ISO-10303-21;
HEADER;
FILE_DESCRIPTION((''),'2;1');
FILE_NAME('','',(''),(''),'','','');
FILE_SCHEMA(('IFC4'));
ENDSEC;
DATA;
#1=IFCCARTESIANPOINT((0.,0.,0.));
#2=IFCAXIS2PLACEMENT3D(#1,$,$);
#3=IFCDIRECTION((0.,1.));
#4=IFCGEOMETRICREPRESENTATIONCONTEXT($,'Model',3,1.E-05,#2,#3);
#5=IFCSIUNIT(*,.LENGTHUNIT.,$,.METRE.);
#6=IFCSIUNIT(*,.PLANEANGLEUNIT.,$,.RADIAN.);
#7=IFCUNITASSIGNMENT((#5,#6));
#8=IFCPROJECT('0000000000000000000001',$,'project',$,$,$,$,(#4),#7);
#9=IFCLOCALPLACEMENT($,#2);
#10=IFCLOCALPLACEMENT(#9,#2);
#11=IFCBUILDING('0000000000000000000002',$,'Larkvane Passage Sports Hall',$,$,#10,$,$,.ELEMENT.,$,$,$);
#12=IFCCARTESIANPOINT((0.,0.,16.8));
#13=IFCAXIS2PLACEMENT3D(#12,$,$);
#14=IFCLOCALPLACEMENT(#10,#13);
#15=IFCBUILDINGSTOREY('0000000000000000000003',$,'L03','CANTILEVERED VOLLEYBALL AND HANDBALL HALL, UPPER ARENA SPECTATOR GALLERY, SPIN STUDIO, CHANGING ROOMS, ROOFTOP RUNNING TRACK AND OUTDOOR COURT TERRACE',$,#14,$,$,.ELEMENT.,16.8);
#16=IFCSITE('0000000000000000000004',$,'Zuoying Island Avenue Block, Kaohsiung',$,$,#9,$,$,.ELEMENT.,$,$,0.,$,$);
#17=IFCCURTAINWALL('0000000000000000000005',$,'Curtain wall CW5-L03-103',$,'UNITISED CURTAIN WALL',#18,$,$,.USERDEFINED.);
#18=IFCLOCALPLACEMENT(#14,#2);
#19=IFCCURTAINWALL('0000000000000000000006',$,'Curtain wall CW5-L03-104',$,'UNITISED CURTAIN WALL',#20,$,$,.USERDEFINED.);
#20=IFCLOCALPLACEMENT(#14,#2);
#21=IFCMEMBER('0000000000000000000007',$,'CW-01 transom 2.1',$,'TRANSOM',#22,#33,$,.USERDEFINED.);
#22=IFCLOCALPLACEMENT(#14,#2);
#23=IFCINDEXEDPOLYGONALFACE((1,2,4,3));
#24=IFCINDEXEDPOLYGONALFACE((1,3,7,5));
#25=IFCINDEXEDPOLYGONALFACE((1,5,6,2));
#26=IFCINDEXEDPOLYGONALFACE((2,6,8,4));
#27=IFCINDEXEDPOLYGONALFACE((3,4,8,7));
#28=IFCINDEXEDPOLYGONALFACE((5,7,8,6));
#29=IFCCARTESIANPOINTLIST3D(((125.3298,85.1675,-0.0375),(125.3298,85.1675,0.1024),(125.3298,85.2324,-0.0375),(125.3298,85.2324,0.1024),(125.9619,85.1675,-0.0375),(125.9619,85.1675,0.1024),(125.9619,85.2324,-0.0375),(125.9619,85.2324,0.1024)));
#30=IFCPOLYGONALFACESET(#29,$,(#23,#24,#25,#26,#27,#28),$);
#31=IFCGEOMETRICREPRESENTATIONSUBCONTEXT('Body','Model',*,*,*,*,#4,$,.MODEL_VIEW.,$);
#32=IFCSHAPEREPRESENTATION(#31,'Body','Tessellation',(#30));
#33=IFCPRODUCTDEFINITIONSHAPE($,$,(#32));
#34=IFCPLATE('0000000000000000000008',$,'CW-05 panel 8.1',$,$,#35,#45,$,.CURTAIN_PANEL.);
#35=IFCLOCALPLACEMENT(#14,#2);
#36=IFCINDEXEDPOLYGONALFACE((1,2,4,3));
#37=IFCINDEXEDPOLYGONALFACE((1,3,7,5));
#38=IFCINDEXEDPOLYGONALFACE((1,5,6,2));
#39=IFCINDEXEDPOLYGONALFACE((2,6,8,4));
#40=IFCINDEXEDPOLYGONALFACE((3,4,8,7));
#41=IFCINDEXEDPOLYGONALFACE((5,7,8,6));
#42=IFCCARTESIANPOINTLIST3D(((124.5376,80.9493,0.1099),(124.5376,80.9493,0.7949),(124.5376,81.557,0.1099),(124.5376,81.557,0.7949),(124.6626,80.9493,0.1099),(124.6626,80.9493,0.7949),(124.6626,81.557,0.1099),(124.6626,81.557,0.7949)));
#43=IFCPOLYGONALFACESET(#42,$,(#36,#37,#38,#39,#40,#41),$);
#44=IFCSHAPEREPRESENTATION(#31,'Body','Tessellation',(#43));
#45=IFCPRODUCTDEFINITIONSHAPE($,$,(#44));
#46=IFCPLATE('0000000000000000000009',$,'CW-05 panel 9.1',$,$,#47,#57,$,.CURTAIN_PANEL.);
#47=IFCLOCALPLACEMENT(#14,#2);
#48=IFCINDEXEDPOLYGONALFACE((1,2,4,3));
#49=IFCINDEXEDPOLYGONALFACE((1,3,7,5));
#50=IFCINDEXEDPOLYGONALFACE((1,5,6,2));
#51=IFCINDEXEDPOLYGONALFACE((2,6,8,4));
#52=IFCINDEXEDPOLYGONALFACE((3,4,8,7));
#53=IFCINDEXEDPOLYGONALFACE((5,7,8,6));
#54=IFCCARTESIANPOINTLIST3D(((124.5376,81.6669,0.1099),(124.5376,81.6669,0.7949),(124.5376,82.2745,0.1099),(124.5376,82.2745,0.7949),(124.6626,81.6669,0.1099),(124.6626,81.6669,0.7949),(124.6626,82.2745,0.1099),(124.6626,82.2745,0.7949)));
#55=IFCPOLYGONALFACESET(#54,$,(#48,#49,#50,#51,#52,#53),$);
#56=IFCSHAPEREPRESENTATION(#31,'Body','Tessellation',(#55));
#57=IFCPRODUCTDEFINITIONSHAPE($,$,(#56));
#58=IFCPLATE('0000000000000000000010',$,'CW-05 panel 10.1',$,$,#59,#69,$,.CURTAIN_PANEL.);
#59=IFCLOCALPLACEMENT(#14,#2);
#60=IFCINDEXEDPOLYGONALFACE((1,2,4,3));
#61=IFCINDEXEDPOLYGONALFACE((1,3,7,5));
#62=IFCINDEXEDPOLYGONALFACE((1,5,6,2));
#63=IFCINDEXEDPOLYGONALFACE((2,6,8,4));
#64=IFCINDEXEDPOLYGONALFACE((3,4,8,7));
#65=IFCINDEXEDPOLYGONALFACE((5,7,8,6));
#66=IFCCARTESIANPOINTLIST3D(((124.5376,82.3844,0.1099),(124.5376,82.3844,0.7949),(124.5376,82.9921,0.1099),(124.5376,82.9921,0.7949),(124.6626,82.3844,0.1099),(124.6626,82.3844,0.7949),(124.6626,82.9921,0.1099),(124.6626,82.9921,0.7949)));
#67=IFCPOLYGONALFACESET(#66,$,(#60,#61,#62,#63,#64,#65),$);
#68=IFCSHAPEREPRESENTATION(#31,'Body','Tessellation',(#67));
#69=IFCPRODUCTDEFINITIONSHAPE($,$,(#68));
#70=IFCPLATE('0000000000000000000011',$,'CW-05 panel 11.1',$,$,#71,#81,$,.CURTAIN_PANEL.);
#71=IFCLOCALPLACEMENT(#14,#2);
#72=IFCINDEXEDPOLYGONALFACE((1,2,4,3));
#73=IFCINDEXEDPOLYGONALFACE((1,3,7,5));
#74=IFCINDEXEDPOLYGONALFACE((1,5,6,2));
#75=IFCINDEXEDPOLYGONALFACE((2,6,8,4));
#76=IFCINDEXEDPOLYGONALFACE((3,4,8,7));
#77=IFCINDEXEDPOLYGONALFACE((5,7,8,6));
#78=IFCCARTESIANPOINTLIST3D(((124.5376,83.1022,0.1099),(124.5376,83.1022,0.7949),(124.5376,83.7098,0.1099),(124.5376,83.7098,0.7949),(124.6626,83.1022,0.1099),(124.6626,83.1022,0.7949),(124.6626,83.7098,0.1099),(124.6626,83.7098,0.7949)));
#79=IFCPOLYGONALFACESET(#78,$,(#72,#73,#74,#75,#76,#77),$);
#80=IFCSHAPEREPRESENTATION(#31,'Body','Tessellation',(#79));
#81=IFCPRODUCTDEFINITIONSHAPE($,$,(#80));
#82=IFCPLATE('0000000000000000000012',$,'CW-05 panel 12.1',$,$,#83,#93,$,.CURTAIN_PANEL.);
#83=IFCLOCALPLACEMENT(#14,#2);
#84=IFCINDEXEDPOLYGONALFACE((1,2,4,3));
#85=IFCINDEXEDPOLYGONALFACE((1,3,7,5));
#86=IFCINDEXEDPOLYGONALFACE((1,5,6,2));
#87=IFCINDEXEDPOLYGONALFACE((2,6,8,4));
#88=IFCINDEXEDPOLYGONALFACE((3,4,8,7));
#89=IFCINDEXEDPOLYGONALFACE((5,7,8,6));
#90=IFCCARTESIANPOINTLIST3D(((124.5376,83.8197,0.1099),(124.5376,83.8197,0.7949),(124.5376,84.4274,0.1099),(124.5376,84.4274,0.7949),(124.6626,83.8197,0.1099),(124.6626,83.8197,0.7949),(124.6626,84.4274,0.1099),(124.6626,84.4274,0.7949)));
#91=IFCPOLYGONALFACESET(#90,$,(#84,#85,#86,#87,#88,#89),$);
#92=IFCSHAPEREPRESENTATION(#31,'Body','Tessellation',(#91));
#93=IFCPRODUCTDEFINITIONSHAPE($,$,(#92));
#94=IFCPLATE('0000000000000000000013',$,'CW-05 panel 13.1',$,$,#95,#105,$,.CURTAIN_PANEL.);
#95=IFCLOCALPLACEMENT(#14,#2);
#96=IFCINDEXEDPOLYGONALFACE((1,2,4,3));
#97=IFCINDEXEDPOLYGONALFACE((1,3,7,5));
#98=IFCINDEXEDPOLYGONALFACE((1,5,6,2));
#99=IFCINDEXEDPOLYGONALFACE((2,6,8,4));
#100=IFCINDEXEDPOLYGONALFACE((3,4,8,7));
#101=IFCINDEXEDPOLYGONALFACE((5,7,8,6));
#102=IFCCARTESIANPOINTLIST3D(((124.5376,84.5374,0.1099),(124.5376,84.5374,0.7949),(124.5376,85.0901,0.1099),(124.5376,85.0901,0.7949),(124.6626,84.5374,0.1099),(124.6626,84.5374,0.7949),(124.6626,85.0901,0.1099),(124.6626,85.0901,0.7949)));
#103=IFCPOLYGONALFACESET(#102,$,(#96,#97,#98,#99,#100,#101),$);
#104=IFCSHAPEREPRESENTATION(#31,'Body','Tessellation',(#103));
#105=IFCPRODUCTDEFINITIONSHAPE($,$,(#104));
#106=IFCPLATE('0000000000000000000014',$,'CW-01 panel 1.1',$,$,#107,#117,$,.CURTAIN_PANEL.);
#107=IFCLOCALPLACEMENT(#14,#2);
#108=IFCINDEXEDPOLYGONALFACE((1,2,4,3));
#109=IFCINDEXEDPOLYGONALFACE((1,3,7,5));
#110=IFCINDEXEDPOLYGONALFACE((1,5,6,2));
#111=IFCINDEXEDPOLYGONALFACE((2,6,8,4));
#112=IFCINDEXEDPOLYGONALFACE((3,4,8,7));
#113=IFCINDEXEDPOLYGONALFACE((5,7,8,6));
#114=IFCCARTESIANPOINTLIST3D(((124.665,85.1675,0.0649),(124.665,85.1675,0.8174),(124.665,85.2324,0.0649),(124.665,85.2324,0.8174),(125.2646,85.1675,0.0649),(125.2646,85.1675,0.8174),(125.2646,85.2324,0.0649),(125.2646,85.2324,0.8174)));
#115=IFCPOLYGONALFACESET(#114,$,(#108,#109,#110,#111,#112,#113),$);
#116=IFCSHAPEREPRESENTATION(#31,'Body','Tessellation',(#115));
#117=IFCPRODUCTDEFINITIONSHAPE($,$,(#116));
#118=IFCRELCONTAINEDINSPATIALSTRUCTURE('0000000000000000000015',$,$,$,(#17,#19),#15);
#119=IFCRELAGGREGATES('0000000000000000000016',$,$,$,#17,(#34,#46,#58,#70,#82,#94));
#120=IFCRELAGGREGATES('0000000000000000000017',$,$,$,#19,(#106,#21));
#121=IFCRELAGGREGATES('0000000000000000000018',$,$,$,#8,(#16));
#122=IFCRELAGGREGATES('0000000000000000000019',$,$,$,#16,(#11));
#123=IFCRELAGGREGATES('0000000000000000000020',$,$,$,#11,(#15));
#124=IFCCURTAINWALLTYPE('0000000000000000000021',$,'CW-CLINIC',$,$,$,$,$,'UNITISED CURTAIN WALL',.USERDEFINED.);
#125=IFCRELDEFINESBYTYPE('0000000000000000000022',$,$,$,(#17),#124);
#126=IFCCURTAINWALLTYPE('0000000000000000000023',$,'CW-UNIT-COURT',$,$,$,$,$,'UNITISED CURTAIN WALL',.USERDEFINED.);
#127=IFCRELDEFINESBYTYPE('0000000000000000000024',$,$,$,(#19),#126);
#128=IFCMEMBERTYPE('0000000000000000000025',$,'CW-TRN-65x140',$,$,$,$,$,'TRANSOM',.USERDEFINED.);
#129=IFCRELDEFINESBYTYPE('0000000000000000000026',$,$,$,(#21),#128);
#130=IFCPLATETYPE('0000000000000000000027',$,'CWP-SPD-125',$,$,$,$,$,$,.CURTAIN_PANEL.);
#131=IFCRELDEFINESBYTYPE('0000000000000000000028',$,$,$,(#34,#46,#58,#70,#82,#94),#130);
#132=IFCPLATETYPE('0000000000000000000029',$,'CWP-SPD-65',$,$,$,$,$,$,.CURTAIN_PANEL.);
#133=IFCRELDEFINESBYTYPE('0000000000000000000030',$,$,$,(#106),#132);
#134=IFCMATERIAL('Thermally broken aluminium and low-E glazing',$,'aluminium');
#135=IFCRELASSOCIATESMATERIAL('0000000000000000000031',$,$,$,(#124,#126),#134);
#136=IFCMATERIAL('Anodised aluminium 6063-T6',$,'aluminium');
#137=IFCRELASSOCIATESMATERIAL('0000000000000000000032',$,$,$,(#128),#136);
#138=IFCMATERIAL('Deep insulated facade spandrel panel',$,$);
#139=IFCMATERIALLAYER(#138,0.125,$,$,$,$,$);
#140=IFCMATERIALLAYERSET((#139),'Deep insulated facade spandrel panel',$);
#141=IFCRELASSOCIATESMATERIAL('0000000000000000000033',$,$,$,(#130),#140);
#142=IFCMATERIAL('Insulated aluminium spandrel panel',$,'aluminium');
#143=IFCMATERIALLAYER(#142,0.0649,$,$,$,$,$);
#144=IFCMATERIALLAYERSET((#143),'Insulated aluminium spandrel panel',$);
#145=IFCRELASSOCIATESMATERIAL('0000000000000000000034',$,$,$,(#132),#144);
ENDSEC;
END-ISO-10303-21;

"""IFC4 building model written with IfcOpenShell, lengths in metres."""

from ifc_helpers import new_model, si_unit, direction, frame, origin, origin_2d, place, context, subcontext, project, spatial, rectangle, extrude, material, layer, layer_set, material_profile, profile_set, type_object, element, aggregate, save


model = new_model("IFC4")

# Units and contexts
model_context = context("Model", 3, precision=1e-05, world=origin(), true_north=direction((0.0, 1.0)))
body_context = subcontext(model_context, "Body", "Model", "MODEL_VIEW")
ifc_project = project(units=[si_unit("LENGTHUNIT", "METRE"), si_unit("PLANEANGLEUNIT", "RADIAN")], contexts=[model_context])

# Site, building, storey
site_placement = place(None, origin())
site = spatial("IfcSite", under=ifc_project, at=site_placement, Name="Zuoying Island Avenue Block, Kaohsiung", CompositionType="ELEMENT", RefElevation=0.0)
building_placement = place(site_placement, origin())
building = spatial("IfcBuilding", under=site, at=building_placement, Name="Larkvane Passage Sports Hall", CompositionType="ELEMENT")
storey_placement = place(building_placement, frame((0.0, 0.0, 16.8)))
storey = spatial("IfcBuildingStorey", under=building, at=storey_placement, Name="L03", Description="CANTILEVERED VOLLEYBALL AND HANDBALL HALL, UPPER ARENA SPECTATOR GALLERY, SPIN STUDIO, CHANGING ROOMS, ROOFTOP RUNNING TRACK AND OUTDOOR COURT TERRACE", CompositionType="ELEMENT", Elevation=16.8)

# Curtain walls
ifc_material_1 = material(Name="Thermally broken aluminium and low-E glazing", Category="aluminium")
curtain_wall_type_1 = type_object("IfcCurtainWallType", Name="CW-CLINIC", ElementType="UNITISED CURTAIN WALL", PredefinedType="USERDEFINED", material=ifc_material_1)
curtain_wall_1_placement = place(storey_placement, origin())
curtain_wall_1 = element("IfcCurtainWall", 1, at=curtain_wall_1_placement, inside=storey, type_object=curtain_wall_type_1, Name="Curtain wall CW5-L03-103", ObjectType="UNITISED CURTAIN WALL", PredefinedType="USERDEFINED")
ifc_material_2 = material(Name="Anodised aluminium 6063-T6", Category="aluminium")
curtain_wall_type_2 = type_object("IfcCurtainWallType", Name="CW-UNIT-COURT", ElementType="UNITISED CURTAIN WALL", PredefinedType="USERDEFINED", material=ifc_material_1)
curtain_wall_2_placement = place(storey_placement, origin())
curtain_wall_2 = element("IfcCurtainWall", 2, at=curtain_wall_2_placement, inside=storey, type_object=curtain_wall_type_2, Name="Curtain wall CW5-L03-104", ObjectType="UNITISED CURTAIN WALL", PredefinedType="USERDEFINED")

# Member
ifc_material_profile_1 = material_profile(ifc_material_2, rectangle(XDim=0.0649, YDim=0.1399, at=origin_2d()), Name="ALU-TRN-65x140")
ifc_profile_set_1 = profile_set([ifc_material_profile_1], Name="Anodised aluminium 6063-T6")
member_type_1 = type_object("IfcMemberType", Name="CW-TRN-65x140", ElementType="TRANSOM", PredefinedType="USERDEFINED", material=ifc_profile_set_1)
member_1_placement = place(storey_placement, frame((125.3298, 85.2, 0.0325), z_axis=(1.0, 0.0, 0.0), x_axis=(0.0, 1.0, 0.0)))
member_1 = element("IfcMember", 3, at=member_1_placement, type_object=member_type_1, Name="CW-01 transom 2.1", ObjectType="TRANSOM", PredefinedType="USERDEFINED", context=body_context, shape_type="SweptSolid", body=[
    extrude(rectangle(XDim=0.0649, YDim=0.1399, at=origin_2d()), origin(), (0.0, 0.0, 1.0), 0.6321),
])

# Plates
ifc_material_3 = material(Name="Deep insulated facade spandrel panel")
ifc_layer_1 = layer(ifc_material_3, 0.125)
ifc_layer_set_1 = layer_set([ifc_layer_1], Name="Deep insulated facade spandrel panel")
plate_type_1 = type_object("IfcPlateType", Name="CWP-SPD-125", PredefinedType="CURTAIN_PANEL", material=ifc_layer_set_1)
plate_1_placement = place(storey_placement, frame((124.6001, 81.2532, 0.1099), z_axis=(0.0, 0.0, 1.0), x_axis=(0.0, 1.0, 0.0)))
plate_1 = element("IfcPlate", 4, at=plate_1_placement, type_object=plate_type_1, Name="CW-05 panel 8.1", PredefinedType="CURTAIN_PANEL", context=body_context, shape_type="SweptSolid", body=[
    extrude(rectangle(XDim=0.6077, YDim=0.125, at=origin_2d()), origin(), (0.0, 0.0, 1.0), 0.6851),
])
plate_2_placement = place(storey_placement, frame((124.6001, 81.9707, 0.1099), z_axis=(0.0, 0.0, 1.0), x_axis=(0.0, 1.0, 0.0)))
plate_2 = element("IfcPlate", 5, at=plate_2_placement, type_object=plate_type_1, Name="CW-05 panel 9.1", PredefinedType="CURTAIN_PANEL", context=body_context, shape_type="SweptSolid", body=[
    extrude(rectangle(XDim=0.6077, YDim=0.125, at=origin_2d()), origin(), (0.0, 0.0, 1.0), 0.6851),
])
plate_3_placement = place(storey_placement, frame((124.6001, 82.6882, 0.1099), z_axis=(0.0, 0.0, 1.0), x_axis=(0.0, 1.0, 0.0)))
plate_3 = element("IfcPlate", 6, at=plate_3_placement, type_object=plate_type_1, Name="CW-05 panel 10.1", PredefinedType="CURTAIN_PANEL", context=body_context, shape_type="SweptSolid", body=[
    extrude(rectangle(XDim=0.6077, YDim=0.125, at=origin_2d()), origin(), (0.0, 0.0, 1.0), 0.6851),
])
plate_4_placement = place(storey_placement, frame((124.6001, 83.406, 0.1099), z_axis=(0.0, 0.0, 1.0), x_axis=(0.0, 1.0, 0.0)))
plate_4 = element("IfcPlate", 7, at=plate_4_placement, type_object=plate_type_1, Name="CW-05 panel 11.1", PredefinedType="CURTAIN_PANEL", context=body_context, shape_type="SweptSolid", body=[
    extrude(rectangle(XDim=0.6077, YDim=0.125, at=origin_2d()), origin(), (0.0, 0.0, 1.0), 0.6851),
])
plate_5_placement = place(storey_placement, frame((124.6001, 84.1235, 0.1099), z_axis=(0.0, 0.0, 1.0), x_axis=(0.0, 1.0, 0.0)))
plate_5 = element("IfcPlate", 8, at=plate_5_placement, type_object=plate_type_1, Name="CW-05 panel 12.1", PredefinedType="CURTAIN_PANEL", context=body_context, shape_type="SweptSolid", body=[
    extrude(rectangle(XDim=0.6077, YDim=0.125, at=origin_2d()), origin(), (0.0, 0.0, 1.0), 0.6851),
])
plate_6_placement = place(storey_placement, frame((124.6001, 84.8137, 0.1099), z_axis=(0.0, 0.0, 1.0), x_axis=(0.0, 1.0, 0.0)))
plate_6 = element("IfcPlate", 9, at=plate_6_placement, type_object=plate_type_1, Name="CW-05 panel 13.1", PredefinedType="CURTAIN_PANEL", context=body_context, shape_type="SweptSolid", body=[
    extrude(rectangle(XDim=0.5527, YDim=0.125, at=origin_2d()), origin(), (0.0, 0.0, 1.0), 0.6851),
])
aggregate(curtain_wall_1, [plate_1, plate_2, plate_3, plate_4, plate_5, plate_6])
ifc_material_4 = material(Name="Insulated aluminium spandrel panel", Category="aluminium")
ifc_layer_2 = layer(ifc_material_4, 0.0649)
ifc_layer_set_2 = layer_set([ifc_layer_2], Name="Insulated aluminium spandrel panel")
plate_type_2 = type_object("IfcPlateType", Name="CWP-SPD-65", PredefinedType="CURTAIN_PANEL", material=ifc_layer_set_2)
plate_7_placement = place(storey_placement, frame((124.9648, 85.2, 0.0649), z_axis=(0.0, 0.0, 1.0), x_axis=(1.0, 0.0, 0.0)))
plate_7 = element("IfcPlate", 10, at=plate_7_placement, type_object=plate_type_2, Name="CW-01 panel 1.1", PredefinedType="CURTAIN_PANEL", context=body_context, shape_type="SweptSolid", body=[
    extrude(rectangle(XDim=0.5996, YDim=0.0649, at=origin_2d()), origin(), (0.0, 0.0, 1.0), 0.7524),
])
aggregate(curtain_wall_2, [plate_7, member_1])

save(model, "model.ifc")
